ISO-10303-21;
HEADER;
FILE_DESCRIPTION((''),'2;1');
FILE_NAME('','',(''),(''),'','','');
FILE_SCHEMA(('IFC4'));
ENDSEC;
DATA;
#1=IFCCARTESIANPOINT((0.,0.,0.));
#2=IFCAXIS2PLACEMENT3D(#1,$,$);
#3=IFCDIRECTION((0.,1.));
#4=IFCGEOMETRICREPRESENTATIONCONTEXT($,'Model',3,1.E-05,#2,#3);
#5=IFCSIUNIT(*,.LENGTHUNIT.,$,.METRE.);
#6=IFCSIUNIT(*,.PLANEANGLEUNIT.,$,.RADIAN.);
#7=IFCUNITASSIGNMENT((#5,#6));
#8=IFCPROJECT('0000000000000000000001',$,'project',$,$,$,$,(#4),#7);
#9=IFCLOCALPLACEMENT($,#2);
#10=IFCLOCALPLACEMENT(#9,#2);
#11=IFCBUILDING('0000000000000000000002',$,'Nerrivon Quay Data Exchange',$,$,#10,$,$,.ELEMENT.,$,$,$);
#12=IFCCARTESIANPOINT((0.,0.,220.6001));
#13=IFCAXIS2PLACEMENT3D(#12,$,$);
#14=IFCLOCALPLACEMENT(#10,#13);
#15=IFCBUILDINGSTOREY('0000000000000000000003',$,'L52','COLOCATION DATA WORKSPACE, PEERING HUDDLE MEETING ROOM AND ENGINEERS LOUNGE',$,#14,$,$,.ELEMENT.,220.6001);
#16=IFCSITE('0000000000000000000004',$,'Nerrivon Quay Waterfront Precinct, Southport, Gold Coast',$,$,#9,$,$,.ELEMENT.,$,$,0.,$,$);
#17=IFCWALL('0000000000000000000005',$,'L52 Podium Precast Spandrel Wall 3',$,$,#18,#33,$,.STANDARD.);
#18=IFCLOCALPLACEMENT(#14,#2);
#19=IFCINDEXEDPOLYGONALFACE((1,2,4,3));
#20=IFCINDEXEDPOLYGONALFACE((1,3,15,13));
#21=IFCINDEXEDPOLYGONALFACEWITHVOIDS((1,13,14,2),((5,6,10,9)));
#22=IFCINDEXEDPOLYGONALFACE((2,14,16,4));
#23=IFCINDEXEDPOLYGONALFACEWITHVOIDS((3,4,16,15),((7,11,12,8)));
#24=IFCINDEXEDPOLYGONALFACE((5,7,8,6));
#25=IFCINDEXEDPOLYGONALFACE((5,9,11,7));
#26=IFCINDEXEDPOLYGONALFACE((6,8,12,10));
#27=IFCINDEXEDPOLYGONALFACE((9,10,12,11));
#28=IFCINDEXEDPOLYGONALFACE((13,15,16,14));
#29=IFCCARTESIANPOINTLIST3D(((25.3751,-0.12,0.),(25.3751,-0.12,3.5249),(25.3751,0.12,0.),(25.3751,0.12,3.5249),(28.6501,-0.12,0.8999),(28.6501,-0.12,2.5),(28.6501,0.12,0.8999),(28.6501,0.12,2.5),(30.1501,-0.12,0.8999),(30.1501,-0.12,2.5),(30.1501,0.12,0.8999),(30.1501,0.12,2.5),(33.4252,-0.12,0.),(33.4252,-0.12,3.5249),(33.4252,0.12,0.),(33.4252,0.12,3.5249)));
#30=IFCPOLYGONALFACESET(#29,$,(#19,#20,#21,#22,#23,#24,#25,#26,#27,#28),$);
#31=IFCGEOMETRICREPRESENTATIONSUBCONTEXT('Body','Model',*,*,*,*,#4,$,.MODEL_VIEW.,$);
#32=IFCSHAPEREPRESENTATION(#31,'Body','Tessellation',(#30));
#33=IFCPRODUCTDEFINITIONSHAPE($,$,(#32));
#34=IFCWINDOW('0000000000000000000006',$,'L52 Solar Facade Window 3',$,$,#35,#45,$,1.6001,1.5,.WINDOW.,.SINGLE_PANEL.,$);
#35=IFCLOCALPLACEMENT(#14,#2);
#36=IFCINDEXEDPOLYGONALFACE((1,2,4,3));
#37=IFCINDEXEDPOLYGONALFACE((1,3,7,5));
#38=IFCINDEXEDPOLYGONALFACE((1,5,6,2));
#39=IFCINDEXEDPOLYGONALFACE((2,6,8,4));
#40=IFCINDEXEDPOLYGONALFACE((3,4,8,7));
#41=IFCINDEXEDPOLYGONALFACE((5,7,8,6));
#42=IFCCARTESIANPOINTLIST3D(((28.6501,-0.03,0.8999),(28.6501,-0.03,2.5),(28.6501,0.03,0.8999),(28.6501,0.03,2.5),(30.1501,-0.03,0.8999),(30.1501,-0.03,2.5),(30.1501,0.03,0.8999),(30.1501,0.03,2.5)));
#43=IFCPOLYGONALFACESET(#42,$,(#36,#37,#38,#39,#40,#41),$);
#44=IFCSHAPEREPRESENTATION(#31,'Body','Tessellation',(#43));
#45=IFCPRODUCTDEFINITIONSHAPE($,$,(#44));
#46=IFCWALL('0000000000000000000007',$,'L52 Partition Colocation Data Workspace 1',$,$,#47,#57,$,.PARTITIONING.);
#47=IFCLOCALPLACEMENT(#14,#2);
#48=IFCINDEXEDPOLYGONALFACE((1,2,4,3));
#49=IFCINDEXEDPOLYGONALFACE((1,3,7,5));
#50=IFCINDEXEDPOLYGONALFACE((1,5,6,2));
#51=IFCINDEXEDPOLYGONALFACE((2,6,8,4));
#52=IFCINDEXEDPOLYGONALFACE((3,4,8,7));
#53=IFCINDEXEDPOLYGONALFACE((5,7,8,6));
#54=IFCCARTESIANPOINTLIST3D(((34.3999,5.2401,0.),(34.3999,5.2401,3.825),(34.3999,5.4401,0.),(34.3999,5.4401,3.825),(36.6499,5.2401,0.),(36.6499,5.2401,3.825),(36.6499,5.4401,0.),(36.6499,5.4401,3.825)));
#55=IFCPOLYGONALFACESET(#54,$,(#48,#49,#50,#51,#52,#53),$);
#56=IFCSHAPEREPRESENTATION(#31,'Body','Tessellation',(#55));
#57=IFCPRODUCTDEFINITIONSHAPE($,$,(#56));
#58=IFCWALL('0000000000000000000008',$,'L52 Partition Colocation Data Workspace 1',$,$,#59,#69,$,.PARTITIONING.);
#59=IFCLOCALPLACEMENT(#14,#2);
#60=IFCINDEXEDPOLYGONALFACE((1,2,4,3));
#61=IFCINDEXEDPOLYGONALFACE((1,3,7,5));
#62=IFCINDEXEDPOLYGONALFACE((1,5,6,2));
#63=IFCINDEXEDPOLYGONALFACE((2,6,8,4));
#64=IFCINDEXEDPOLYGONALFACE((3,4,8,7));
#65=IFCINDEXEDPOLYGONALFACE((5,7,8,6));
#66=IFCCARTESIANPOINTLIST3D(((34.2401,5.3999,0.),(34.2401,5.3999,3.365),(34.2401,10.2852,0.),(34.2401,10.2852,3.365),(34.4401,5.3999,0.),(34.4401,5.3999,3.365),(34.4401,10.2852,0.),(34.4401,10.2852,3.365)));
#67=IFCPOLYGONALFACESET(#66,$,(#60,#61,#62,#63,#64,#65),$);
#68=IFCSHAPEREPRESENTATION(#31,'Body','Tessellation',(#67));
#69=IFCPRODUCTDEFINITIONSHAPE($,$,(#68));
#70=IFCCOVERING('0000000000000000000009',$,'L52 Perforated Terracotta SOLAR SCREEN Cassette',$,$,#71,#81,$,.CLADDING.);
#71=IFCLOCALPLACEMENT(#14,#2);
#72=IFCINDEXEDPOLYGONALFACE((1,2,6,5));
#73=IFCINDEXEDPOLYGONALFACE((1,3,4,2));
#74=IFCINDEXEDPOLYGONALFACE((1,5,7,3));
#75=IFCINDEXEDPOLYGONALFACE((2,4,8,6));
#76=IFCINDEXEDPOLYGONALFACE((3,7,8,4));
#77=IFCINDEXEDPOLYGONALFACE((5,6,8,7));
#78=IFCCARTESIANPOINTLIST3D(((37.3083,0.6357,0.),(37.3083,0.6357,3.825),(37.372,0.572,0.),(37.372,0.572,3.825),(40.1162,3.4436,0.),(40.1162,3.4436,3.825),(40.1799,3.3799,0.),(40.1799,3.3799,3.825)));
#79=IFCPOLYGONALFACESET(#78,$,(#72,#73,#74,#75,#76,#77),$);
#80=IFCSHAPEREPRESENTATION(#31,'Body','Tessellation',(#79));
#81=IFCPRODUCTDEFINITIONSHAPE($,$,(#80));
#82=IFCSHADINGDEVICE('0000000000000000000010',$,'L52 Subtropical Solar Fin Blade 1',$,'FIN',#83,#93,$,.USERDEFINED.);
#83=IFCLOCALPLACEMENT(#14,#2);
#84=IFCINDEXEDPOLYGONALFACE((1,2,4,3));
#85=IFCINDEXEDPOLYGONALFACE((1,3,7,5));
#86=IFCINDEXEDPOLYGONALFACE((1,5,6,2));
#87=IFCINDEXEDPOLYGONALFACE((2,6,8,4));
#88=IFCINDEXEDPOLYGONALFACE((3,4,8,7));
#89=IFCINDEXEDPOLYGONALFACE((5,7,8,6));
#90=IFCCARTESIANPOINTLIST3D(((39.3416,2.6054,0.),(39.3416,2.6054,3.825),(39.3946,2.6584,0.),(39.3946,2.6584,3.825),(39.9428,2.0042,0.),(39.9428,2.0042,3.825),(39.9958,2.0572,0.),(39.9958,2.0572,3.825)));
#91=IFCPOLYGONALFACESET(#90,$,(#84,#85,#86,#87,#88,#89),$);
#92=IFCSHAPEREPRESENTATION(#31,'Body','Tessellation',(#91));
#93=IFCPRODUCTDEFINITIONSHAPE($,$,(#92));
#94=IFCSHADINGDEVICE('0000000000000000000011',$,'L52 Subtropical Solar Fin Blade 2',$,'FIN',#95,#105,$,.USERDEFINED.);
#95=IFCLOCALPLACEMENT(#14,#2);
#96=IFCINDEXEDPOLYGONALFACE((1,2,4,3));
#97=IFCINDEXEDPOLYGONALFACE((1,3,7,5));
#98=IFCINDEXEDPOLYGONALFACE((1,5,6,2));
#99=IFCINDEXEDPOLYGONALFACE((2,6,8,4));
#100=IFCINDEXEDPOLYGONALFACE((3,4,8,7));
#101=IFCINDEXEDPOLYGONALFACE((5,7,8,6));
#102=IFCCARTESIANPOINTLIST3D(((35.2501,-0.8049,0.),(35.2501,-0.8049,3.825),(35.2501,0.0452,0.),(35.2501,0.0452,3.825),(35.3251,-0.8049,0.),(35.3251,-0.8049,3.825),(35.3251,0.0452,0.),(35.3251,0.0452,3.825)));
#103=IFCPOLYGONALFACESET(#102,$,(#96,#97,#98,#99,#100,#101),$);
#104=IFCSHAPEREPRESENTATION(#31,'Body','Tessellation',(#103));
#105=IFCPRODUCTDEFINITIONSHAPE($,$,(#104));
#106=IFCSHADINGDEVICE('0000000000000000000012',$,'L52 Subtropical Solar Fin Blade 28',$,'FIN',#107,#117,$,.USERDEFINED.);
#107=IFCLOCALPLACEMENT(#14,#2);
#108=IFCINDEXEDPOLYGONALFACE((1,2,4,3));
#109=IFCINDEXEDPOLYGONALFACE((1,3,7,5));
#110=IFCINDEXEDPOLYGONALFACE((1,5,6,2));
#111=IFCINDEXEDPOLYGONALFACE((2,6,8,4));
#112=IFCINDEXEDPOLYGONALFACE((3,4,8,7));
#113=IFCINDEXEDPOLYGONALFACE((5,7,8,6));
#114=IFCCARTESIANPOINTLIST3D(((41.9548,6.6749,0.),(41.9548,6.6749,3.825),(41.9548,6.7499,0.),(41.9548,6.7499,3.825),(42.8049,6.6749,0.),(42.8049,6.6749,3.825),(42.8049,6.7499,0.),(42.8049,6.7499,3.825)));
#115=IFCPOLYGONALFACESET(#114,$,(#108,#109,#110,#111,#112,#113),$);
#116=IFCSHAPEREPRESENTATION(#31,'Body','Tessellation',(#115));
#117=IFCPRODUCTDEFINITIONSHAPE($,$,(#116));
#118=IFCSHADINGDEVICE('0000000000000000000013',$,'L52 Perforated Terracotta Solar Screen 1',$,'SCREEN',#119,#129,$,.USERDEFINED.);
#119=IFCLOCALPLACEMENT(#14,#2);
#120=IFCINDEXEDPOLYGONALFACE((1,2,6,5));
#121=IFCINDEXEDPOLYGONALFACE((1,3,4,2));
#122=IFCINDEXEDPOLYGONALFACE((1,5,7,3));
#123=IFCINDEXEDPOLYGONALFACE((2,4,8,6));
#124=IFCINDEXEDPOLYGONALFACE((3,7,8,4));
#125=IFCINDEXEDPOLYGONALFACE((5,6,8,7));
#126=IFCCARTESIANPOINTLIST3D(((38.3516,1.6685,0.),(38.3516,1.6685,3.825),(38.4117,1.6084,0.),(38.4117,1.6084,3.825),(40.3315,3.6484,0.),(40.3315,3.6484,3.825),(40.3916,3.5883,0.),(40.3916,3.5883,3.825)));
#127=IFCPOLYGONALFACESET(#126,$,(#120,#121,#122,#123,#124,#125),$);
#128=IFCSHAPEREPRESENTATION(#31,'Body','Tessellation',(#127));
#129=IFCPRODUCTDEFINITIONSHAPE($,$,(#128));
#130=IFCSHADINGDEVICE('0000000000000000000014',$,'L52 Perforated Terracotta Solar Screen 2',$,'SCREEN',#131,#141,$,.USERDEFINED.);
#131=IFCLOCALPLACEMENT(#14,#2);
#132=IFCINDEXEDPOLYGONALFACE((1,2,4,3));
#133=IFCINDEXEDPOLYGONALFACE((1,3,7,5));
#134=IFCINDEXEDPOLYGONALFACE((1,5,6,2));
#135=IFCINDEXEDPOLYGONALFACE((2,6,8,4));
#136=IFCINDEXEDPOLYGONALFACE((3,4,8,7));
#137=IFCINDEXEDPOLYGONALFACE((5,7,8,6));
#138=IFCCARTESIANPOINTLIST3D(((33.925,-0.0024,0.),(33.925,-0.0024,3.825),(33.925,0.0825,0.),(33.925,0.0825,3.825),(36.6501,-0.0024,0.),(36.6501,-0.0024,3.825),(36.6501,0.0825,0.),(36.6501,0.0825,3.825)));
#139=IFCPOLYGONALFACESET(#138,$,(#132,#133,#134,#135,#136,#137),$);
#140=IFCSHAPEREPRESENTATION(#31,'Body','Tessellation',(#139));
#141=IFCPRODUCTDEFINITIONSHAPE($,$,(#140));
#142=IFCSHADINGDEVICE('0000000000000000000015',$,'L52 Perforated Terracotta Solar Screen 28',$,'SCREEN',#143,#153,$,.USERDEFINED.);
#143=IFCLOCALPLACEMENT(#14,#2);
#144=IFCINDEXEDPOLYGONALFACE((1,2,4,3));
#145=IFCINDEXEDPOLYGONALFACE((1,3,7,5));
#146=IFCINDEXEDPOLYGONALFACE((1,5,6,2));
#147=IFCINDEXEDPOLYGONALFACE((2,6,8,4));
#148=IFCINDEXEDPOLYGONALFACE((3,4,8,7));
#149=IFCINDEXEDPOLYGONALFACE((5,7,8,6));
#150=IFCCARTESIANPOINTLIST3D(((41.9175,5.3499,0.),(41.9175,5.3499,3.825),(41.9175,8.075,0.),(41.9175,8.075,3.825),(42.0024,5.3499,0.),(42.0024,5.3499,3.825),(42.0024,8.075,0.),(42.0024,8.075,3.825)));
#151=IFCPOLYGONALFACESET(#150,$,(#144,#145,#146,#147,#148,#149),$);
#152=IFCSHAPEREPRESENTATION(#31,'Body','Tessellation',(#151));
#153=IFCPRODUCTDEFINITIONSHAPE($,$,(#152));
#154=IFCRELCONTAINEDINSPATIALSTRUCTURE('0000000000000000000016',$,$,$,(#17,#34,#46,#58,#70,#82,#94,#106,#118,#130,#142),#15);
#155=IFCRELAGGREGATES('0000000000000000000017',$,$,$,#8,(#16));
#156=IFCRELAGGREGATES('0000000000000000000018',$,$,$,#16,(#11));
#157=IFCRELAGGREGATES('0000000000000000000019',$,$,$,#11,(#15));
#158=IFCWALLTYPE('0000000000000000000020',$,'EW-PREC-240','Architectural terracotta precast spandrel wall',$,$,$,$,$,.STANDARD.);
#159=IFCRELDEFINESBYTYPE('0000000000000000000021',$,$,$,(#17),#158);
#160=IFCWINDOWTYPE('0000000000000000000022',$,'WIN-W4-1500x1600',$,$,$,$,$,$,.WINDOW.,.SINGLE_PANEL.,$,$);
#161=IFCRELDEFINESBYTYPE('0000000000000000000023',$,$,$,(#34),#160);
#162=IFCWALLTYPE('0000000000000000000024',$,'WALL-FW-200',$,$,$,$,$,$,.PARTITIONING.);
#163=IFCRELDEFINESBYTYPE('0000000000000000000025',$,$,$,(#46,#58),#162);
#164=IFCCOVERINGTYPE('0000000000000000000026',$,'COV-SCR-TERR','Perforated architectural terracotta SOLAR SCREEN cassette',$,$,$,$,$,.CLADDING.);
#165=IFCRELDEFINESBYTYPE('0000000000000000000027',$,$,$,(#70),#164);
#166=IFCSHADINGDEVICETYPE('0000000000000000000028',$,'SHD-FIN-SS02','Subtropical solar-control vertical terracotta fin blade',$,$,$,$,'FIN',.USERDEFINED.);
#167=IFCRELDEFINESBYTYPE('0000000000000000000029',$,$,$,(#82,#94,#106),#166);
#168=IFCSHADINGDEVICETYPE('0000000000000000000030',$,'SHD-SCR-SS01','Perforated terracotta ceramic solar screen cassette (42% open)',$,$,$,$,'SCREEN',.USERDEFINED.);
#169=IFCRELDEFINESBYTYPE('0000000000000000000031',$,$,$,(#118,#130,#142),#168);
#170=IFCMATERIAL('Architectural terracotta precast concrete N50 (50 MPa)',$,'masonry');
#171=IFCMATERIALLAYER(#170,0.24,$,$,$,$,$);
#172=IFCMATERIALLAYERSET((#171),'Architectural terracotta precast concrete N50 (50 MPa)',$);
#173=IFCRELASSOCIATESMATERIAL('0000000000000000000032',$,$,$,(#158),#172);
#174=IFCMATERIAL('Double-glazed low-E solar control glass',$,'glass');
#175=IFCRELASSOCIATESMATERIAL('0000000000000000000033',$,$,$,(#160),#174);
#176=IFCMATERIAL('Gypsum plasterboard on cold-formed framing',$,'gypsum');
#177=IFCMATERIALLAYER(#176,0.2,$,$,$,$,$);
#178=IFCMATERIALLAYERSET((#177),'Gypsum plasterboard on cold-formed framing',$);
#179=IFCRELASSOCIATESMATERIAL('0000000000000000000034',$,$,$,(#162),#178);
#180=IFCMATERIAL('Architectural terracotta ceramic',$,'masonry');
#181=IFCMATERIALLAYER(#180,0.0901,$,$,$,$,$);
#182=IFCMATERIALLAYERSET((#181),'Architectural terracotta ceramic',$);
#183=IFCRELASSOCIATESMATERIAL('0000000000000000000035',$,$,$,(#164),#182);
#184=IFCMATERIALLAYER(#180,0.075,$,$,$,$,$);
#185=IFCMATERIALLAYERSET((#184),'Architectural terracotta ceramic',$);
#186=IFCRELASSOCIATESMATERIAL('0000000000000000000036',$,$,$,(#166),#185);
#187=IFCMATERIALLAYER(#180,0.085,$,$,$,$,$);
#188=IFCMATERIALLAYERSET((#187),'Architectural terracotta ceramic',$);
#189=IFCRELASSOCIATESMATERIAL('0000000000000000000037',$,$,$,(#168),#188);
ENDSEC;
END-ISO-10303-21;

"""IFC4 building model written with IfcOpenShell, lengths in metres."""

from ifc_helpers import new_model, si_unit, direction, frame, frame_2d, origin, origin_2d, place, context, subcontext, project, spatial, rectangle, extrude, material, layer, layer_set, type_object, element, fill, save


model = new_model("IFC4")

# Units and contexts
model_context = context("Model", 3, precision=1e-05, world=origin(), true_north=direction((0.0, 1.0)))
body_context = subcontext(model_context, "Body", "Model", "MODEL_VIEW")
ifc_project = project(units=[si_unit("LENGTHUNIT", "METRE"), si_unit("PLANEANGLEUNIT", "RADIAN")], contexts=[model_context])

# Site, building, storey
site_placement = place(None, origin())
site = spatial("IfcSite", under=ifc_project, at=site_placement, Name="Nerrivon Quay Waterfront Precinct, Southport, Gold Coast", CompositionType="ELEMENT", RefElevation=0.0)
building_placement = place(site_placement, origin())
building = spatial("IfcBuilding", under=site, at=building_placement, Name="Nerrivon Quay Data Exchange", CompositionType="ELEMENT")
storey_placement = place(building_placement, frame((0.0, 0.0, 220.6001)))
storey = spatial("IfcBuildingStorey", under=building, at=storey_placement, Name="L52", Description="COLOCATION DATA WORKSPACE, PEERING HUDDLE MEETING ROOM AND ENGINEERS LOUNGE", CompositionType="ELEMENT", Elevation=220.6001)

# Shared definitions
ifc_material_1 = material(Name="Double-glazed low-E solar control glass", Category="glass")

# Wall, opening, window
ifc_material_2 = material(Name="Architectural terracotta precast concrete N50 (50 MPa)", Category="masonry")
ifc_layer_1 = layer(ifc_material_2, 0.24)
ifc_layer_set_1 = layer_set([ifc_layer_1], Name="Architectural terracotta precast concrete N50 (50 MPa)")
wall_type_1 = type_object("IfcWallType", Name="EW-PREC-240", Description="Architectural terracotta precast spandrel wall", PredefinedType="STANDARD", material=ifc_layer_set_1)
wall_1_placement = place(storey_placement, frame((33.425, 0.0, 0.0), z_axis=(0.0, 0.0, 1.0), x_axis=(-1.0, 0.0, 0.0)))
wall_1 = element("IfcWall", 1, at=wall_1_placement, inside=storey, type_object=wall_type_1, Name="L52 Podium Precast Spandrel Wall 3", PredefinedType="STANDARD", context=body_context, shape_type="SweptSolid", body=[
    extrude(rectangle(XDim=8.05, YDim=0.24, at=frame_2d((4.0249, 0.0))), origin(), (0.0, 0.0, 1.0), 3.5249),
])
opening_placement = place(wall_1_placement, frame((3.2749, 0.0, 0.8999)))
opening = element("IfcOpeningElement", 2, at=opening_placement, cuts=wall_1, PredefinedType="OPENING", context=body_context, shape_type="SweptSolid", body=[
    extrude(rectangle(XDim=1.5, YDim=1.6001, at=frame_2d((0.75, 0.8))), frame((0.0, 0.1299, 0.0), z_axis=(0.0, -1.0, 0.0), x_axis=(1.0, 0.0, 0.0)), (0.0, 0.0, 1.0), 0.26),
])
window_type = type_object("IfcWindowType", Name="WIN-W4-1500x1600", PartitioningType="SINGLE_PANEL", PredefinedType="WINDOW", material=ifc_material_1)
window_placement = place(opening_placement, origin())
window = element("IfcWindow", 3, at=window_placement, inside=storey, type_object=window_type, Name="L52 Solar Facade Window 3", OverallHeight=1.6001, OverallWidth=1.5, PartitioningType="SINGLE_PANEL", PredefinedType="WINDOW", context=body_context, shape_type="SweptSolid", body=[
    extrude(rectangle(XDim=1.5, YDim=1.6001, at=frame_2d((0.75, 0.8))), frame((0.0, 0.03, 0.0), z_axis=(0.0, -1.0, 0.0), x_axis=(1.0, 0.0, 0.0)), (0.0, 0.0, 1.0), 0.0601),
])
fill(opening, window)

# Walls
ifc_material_3 = material(Name="Gypsum plasterboard on cold-formed framing", Category="gypsum")
ifc_layer_2 = layer(ifc_material_3, 0.2)
ifc_layer_set_2 = layer_set([ifc_layer_2], Name="Gypsum plasterboard on cold-formed framing")
wall_type_2 = type_object("IfcWallType", Name="WALL-FW-200", PredefinedType="PARTITIONING", material=ifc_layer_set_2)
wall_2_placement = place(storey_placement, frame((36.6499, 5.3401, 0.0), z_axis=(0.0, 0.0, 1.0), x_axis=(-1.0, 0.0, 0.0)))
element("IfcWall", 4, at=wall_2_placement, inside=storey, type_object=wall_type_2, Name="L52 Partition Colocation Data Workspace 1", PredefinedType="PARTITIONING", context=body_context, shape_type="SweptSolid", body=[
    extrude(rectangle(XDim=2.25, YDim=0.2, at=frame_2d((1.125, 0.0))), origin(), (0.0, 0.0, 1.0), 3.825),
])
wall_3_placement = place(storey_placement, frame((34.3401, 5.3999, 0.0), z_axis=(0.0, 0.0, 1.0), x_axis=(0.0, 1.0, 0.0)))
element("IfcWall", 5, at=wall_3_placement, inside=storey, type_object=wall_type_2, Name="L52 Partition Colocation Data Workspace 1", PredefinedType="PARTITIONING", context=body_context, shape_type="SweptSolid", body=[
    extrude(rectangle(XDim=4.8853, YDim=0.2, at=frame_2d((2.4426, 0.0))), origin(), (0.0, 0.0, 1.0), 3.365),
])

# Covering
ifc_material_4 = material(Name="Architectural terracotta ceramic", Category="masonry")
ifc_layer_3 = layer(ifc_material_4, 0.0901)
ifc_layer_set_3 = layer_set([ifc_layer_3], Name="Architectural terracotta ceramic")
covering_type = type_object("IfcCoveringType", Name="COV-SCR-TERR", Description="Perforated architectural terracotta SOLAR SCREEN cassette", PredefinedType="CLADDING", material=ifc_layer_set_3)
covering_placement = place(storey_placement, frame((38.7441, 2.0078, 0.0), z_axis=(0.0, 0.0, 1.0), x_axis=(-0.707107, -0.707107, 0.0)))
element("IfcCovering", 6, at=covering_placement, inside=storey, type_object=covering_type, Name="L52 Perforated Terracotta SOLAR SCREEN Cassette", PredefinedType="CLADDING", context=body_context, shape_type="SweptSolid", body=[
    extrude(rectangle(XDim=3.9709, YDim=0.0901, at=origin_2d()), origin(), (0.0, 0.0, 1.0), 3.825),
])

# Shading devices
ifc_layer_4 = layer(ifc_material_4, 0.075)
ifc_layer_set_4 = layer_set([ifc_layer_4], Name="Architectural terracotta ceramic")
shading_device_type_1 = type_object("IfcShadingDeviceType", Name="SHD-FIN-SS02", Description="Subtropical solar-control vertical terracotta fin blade", ElementType="FIN", PredefinedType="USERDEFINED", material=ifc_layer_set_4)
for number, where, z_axis, x_axis, name in (
    (7, (39.6687, 2.3313, 0.0), (0.0, 0.0, 1.0), (-0.707107, -0.707107, 0.0), "L52 Subtropical Solar Fin Blade 1"),
    (8, (35.2876, -0.3799, 0.0), (0.0, 0.0, 1.0), (-1.0, 0.0, 0.0), "L52 Subtropical Solar Fin Blade 2"),
    (9, (42.3799, 6.7124, 0.0), (0.0, 0.0, 1.0), (0.0, -1.0, 0.0), "L52 Subtropical Solar Fin Blade 28"),
):
    element("IfcShadingDevice", number, at=place(storey_placement, frame(where, z_axis=z_axis, x_axis=x_axis)), inside=storey, type_object=shading_device_type_1, Name=name, ObjectType="FIN", PredefinedType="USERDEFINED", context=body_context, shape_type="SweptSolid", body=[
        extrude(rectangle(XDim=0.075, YDim=0.8501, at=origin_2d()), origin(), (0.0, 0.0, 1.0), 3.825),
    ])
ifc_layer_5 = layer(ifc_material_4, 0.085)
ifc_layer_set_5 = layer_set([ifc_layer_5], Name="Architectural terracotta ceramic")
shading_device_type_2 = type_object("IfcShadingDeviceType", Name="SHD-SCR-SS01", Description="Perforated terracotta ceramic solar screen cassette (42% open)", ElementType="SCREEN", PredefinedType="USERDEFINED", material=ifc_layer_set_5)
shading_device_placement = place(storey_placement, frame((39.3716, 2.6284, 0.0), z_axis=(0.0, 0.0, 1.0), x_axis=(-0.707107, -0.707107, 0.0)))
element("IfcShadingDevice", 10, at=shading_device_placement, inside=storey, type_object=shading_device_type_2, Name="L52 Perforated Terracotta Solar Screen 1", ObjectType="SCREEN", PredefinedType="USERDEFINED", context=body_context, shape_type="SweptSolid", body=[
    extrude(rectangle(XDim=2.8, YDim=0.085, at=origin_2d()), origin(), (0.0, 0.0, 1.0), 3.825),
])
for number, where, z_axis, x_axis, name in (
    (11, (35.2876, 0.04, 0.0), (0.0, 0.0, 1.0), (-1.0, 0.0, 0.0), "L52 Perforated Terracotta Solar Screen 2"),
    (12, (41.96, 6.7124, 0.0), (0.0, 0.0, 1.0), (0.0, -1.0, 0.0), "L52 Perforated Terracotta Solar Screen 28"),
):
    element("IfcShadingDevice", number, at=place(storey_placement, frame(where, z_axis=z_axis, x_axis=x_axis)), inside=storey, type_object=shading_device_type_2, Name=name, ObjectType="SCREEN", PredefinedType="USERDEFINED", context=body_context, shape_type="SweptSolid", body=[
        extrude(rectangle(XDim=2.7251, YDim=0.085, at=origin_2d()), origin(), (0.0, 0.0, 1.0), 3.825),
    ])

save(model, "model.ifc")
